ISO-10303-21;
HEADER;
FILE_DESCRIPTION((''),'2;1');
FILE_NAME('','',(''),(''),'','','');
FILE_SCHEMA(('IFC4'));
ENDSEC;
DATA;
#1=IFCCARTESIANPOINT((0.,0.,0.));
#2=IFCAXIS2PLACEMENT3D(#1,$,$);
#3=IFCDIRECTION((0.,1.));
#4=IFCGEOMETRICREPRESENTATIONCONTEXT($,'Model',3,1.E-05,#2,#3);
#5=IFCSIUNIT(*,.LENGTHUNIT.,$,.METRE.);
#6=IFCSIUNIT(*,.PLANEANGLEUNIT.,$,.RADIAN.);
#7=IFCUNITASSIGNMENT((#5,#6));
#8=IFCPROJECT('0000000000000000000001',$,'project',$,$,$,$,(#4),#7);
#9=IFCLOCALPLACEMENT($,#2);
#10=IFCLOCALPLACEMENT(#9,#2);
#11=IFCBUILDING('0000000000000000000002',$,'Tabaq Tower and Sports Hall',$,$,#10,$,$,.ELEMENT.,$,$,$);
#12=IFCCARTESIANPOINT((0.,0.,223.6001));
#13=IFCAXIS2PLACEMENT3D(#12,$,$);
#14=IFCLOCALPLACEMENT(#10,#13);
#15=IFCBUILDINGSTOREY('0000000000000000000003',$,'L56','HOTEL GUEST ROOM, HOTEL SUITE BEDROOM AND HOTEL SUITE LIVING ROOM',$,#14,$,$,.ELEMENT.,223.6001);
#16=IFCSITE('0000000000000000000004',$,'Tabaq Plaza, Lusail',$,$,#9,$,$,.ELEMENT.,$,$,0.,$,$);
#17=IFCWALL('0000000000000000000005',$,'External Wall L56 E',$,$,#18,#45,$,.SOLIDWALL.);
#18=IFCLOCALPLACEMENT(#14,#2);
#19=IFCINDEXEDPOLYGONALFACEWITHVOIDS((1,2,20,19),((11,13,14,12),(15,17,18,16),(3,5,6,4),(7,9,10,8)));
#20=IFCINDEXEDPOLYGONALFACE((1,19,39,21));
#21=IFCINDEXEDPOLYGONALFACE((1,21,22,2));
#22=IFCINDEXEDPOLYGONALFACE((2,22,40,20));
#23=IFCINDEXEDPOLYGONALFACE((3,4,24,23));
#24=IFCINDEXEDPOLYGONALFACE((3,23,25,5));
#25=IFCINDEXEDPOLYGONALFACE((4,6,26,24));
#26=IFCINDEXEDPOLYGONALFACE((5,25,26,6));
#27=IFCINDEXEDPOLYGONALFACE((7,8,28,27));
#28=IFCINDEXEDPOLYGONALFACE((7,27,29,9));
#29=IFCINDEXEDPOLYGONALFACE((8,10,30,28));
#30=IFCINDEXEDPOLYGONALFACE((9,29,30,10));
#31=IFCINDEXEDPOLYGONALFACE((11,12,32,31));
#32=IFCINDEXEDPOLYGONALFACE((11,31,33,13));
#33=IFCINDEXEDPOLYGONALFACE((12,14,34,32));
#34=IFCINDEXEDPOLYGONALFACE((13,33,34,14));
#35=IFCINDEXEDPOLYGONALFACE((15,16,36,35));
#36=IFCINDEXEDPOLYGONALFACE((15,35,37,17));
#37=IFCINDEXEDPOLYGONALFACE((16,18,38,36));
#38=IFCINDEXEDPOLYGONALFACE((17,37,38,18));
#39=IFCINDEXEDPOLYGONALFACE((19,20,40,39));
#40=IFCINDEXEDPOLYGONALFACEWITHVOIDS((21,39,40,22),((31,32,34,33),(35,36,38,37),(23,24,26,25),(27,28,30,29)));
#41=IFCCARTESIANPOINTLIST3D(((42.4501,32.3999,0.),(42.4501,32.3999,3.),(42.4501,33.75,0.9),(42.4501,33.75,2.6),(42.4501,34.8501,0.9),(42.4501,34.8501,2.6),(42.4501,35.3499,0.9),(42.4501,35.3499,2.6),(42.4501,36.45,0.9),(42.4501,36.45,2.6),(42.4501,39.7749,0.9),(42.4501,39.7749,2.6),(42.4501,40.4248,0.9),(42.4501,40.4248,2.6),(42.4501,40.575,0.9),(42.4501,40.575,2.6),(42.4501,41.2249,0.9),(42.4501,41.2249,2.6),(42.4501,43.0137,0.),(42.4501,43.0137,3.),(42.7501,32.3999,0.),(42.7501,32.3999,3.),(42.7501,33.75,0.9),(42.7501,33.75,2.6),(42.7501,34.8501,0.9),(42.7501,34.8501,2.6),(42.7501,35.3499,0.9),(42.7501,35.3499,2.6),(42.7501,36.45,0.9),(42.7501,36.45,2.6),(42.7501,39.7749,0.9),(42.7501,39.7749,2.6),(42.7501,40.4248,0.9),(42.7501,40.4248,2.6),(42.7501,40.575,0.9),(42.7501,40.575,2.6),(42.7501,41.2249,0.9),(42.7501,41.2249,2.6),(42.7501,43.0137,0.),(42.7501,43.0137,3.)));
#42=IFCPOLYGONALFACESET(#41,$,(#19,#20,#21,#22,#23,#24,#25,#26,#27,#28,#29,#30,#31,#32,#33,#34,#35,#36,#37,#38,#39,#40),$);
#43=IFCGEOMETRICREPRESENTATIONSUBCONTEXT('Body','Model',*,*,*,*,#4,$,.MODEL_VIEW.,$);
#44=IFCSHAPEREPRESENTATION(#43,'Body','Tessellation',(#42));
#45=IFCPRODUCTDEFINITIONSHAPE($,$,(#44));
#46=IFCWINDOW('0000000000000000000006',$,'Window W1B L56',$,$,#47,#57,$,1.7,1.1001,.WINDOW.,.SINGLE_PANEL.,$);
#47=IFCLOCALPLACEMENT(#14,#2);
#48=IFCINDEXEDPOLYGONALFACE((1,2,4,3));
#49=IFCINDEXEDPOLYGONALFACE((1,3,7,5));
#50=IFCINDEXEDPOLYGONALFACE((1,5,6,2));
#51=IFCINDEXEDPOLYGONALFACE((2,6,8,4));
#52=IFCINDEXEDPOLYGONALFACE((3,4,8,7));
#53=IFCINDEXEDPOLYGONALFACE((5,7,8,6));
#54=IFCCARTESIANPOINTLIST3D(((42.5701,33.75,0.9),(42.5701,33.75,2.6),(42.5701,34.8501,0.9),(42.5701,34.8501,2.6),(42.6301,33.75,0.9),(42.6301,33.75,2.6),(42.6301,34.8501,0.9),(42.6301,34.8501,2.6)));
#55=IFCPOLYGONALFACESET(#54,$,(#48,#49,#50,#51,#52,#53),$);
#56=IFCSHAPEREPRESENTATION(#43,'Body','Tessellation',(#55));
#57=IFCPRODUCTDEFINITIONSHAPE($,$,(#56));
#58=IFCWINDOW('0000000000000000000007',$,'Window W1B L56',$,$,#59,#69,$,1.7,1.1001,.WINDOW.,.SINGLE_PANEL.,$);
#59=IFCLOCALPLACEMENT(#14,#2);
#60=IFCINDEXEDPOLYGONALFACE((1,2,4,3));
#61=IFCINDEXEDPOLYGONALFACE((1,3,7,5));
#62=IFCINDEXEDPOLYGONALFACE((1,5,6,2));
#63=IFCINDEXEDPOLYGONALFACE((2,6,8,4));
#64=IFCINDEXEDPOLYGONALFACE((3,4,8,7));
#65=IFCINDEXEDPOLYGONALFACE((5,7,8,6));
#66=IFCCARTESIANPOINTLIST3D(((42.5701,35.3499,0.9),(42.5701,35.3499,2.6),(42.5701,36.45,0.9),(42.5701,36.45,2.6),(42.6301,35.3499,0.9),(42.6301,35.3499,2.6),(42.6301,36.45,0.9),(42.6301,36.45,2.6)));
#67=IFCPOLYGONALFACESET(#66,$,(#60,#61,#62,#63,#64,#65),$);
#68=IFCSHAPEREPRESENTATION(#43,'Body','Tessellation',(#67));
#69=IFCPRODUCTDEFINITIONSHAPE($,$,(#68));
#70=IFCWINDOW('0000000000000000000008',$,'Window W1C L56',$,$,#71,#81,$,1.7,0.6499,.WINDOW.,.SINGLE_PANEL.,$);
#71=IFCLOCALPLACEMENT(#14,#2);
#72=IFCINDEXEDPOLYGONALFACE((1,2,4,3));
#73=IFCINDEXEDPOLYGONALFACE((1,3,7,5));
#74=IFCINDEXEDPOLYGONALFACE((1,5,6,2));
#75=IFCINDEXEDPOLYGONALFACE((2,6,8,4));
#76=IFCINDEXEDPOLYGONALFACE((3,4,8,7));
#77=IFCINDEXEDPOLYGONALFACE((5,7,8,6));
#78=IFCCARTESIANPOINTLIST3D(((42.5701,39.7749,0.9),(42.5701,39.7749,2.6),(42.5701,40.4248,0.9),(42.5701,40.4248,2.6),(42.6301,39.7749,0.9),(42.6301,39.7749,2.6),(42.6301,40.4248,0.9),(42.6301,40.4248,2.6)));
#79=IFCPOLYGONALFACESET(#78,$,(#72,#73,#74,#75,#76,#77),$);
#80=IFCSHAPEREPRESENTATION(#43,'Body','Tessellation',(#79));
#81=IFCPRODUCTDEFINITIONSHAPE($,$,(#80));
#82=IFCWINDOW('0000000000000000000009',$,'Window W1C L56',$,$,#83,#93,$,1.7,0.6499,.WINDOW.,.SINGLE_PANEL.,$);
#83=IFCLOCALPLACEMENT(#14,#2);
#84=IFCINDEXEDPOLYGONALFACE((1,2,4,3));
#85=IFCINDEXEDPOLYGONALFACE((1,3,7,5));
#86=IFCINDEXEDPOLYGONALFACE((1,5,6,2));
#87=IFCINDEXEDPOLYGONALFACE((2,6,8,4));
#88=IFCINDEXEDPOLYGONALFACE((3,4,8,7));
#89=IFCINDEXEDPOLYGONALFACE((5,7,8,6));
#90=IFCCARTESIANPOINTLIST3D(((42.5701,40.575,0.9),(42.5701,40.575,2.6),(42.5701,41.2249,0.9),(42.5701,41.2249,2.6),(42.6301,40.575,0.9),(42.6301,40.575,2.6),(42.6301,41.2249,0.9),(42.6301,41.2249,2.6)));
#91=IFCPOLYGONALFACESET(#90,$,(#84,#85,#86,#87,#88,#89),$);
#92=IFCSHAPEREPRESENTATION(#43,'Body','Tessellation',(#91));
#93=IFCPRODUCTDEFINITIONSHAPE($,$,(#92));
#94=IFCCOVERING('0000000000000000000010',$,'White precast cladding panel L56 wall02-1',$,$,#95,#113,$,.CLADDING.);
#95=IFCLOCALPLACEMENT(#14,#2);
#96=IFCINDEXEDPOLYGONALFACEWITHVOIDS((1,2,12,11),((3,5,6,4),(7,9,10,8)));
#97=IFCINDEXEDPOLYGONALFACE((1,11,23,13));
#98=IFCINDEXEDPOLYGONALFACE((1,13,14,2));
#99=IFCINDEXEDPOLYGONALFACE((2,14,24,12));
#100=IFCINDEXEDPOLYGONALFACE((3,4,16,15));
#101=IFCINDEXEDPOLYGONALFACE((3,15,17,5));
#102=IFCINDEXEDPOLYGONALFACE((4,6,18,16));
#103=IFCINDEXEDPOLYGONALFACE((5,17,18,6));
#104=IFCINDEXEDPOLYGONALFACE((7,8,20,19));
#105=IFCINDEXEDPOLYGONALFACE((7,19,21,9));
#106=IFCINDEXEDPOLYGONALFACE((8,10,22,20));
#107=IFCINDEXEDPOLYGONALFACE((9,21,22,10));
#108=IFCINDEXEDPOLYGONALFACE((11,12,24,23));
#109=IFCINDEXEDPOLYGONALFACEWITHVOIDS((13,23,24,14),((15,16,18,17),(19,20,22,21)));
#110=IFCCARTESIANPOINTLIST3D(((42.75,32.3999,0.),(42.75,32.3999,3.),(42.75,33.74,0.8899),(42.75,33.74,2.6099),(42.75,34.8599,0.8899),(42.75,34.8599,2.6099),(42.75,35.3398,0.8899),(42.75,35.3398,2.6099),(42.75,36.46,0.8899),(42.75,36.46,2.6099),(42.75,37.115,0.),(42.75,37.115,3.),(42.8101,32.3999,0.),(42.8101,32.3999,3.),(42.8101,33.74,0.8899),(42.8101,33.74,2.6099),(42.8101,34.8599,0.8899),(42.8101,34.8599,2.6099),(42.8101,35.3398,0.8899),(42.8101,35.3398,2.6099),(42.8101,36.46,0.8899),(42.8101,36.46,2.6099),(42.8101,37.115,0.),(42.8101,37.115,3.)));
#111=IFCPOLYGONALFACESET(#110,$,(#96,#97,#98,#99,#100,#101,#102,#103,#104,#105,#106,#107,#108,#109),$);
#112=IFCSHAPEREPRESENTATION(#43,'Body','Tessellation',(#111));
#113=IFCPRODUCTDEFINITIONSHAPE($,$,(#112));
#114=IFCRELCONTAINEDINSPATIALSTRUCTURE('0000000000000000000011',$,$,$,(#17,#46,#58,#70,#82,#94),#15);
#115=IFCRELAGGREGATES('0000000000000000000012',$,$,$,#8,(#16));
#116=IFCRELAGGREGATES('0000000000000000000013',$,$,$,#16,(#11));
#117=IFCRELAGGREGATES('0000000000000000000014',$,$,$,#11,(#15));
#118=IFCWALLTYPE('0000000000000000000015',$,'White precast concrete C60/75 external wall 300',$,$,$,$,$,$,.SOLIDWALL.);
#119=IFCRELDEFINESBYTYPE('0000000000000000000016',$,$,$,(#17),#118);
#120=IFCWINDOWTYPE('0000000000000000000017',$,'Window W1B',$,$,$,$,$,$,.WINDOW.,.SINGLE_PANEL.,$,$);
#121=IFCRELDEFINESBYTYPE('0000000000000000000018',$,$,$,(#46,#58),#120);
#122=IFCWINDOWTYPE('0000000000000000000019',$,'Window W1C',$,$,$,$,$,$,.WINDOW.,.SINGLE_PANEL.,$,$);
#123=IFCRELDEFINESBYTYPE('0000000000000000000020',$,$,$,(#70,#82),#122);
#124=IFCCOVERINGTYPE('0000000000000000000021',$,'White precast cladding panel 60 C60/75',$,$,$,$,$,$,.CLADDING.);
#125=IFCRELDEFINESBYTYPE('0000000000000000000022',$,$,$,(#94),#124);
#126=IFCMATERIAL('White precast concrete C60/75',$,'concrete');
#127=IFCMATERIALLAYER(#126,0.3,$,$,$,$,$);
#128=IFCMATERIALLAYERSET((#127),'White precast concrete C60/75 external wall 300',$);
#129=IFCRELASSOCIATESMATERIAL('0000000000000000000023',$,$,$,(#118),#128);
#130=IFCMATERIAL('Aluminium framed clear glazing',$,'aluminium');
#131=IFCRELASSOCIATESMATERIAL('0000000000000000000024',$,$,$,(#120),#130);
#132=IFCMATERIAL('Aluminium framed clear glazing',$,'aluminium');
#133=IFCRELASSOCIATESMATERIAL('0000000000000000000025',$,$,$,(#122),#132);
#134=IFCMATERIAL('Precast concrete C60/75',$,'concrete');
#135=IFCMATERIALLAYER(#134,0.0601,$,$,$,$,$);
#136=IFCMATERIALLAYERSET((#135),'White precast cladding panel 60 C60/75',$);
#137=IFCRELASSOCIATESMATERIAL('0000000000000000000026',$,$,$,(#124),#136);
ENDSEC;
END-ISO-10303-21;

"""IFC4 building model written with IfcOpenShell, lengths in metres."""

from ifc_helpers import new_model, si_unit, direction, frame, frame_2d, origin, place, context, subcontext, project, spatial, polyline, rectangle, outline, extrude, material, layer, layer_set, type_object, element, fill, save


model = new_model("IFC4")

# Units and contexts
model_context = context("Model", 3, precision=1e-05, world=origin(), true_north=direction((0.0, 1.0)))
body_context = subcontext(model_context, "Body", "Model", "MODEL_VIEW")
ifc_project = project(units=[si_unit("LENGTHUNIT", "METRE"), si_unit("PLANEANGLEUNIT", "RADIAN")], contexts=[model_context])

# Site, building, storey
site_placement = place(None, origin())
site = spatial("IfcSite", under=ifc_project, at=site_placement, Name="Tabaq Plaza, Lusail", CompositionType="ELEMENT", RefElevation=0.0)
building_placement = place(site_placement, origin())
building = spatial("IfcBuilding", under=site, at=building_placement, Name="Tabaq Tower and Sports Hall", CompositionType="ELEMENT")
storey_placement = place(building_placement, frame((0.0, 0.0, 223.6001)))
storey = spatial("IfcBuildingStorey", under=building, at=storey_placement, Name="L56", Description="HOTEL GUEST ROOM, HOTEL SUITE BEDROOM AND HOTEL SUITE LIVING ROOM", CompositionType="ELEMENT", Elevation=223.6001)

# Wall, openings, windows
ifc_material_1 = material(Name="White precast concrete C60/75", Category="concrete")
ifc_layer_1 = layer(ifc_material_1, 0.3)
ifc_layer_set_1 = layer_set([ifc_layer_1], Name="White precast concrete C60/75 external wall 300")
wall_type_1 = type_object("IfcWallType", Name="White precast concrete C60/75 external wall 300", PredefinedType="SOLIDWALL", material=ifc_layer_set_1)
wall_1_placement = place(storey_placement, frame((42.6001, 32.3999, 0.0), z_axis=(0.0, 0.0, 1.0), x_axis=(0.0, 1.0, 0.0)))
wall_1 = element("IfcWall", 1, at=wall_1_placement, inside=storey, type_object=wall_type_1, Name="External Wall L56 E", PredefinedType="SOLIDWALL", context=body_context, shape_type="SweptSolid", body=[
    extrude(rectangle(XDim=10.6138, YDim=0.3, at=frame_2d((5.3069, 0.0))), origin(), (0.0, 0.0, 1.0), 3.0),
])
opening_1_placement = place(wall_1_placement, frame((1.3501, 0.0, 0.8999)))
opening_1 = element("IfcOpeningElement", 2, at=opening_1_placement, cuts=wall_1, PredefinedType="OPENING", context=body_context, shape_type="SweptSolid", body=[
    extrude(rectangle(XDim=1.1001, YDim=1.7, at=frame_2d((0.55, 0.8501))), frame((0.0, 0.1602, 0.0), z_axis=(0.0, -1.0, 0.0), x_axis=(1.0, 0.0, 0.0)), (0.0, 0.0, 1.0), 0.3201),
])
opening_2_placement = place(wall_1_placement, frame((2.95, 0.0, 0.8999)))
opening_2 = element("IfcOpeningElement", 3, at=opening_2_placement, cuts=wall_1, PredefinedType="OPENING", context=body_context, shape_type="SweptSolid", body=[
    extrude(rectangle(XDim=1.1001, YDim=1.7, at=frame_2d((0.55, 0.8501))), frame((0.0, 0.1602, 0.0), z_axis=(0.0, -1.0, 0.0), x_axis=(1.0, 0.0, 0.0)), (0.0, 0.0, 1.0), 0.3201),
])
opening_3_placement = place(wall_1_placement, frame((7.375, 0.0, 0.8999)))
opening_3 = element("IfcOpeningElement", 4, at=opening_3_placement, cuts=wall_1, PredefinedType="OPENING", context=body_context, shape_type="SweptSolid", body=[
    extrude(rectangle(XDim=0.6499, YDim=1.7, at=frame_2d((0.325, 0.8501))), frame((0.0, 0.1602, 0.0), z_axis=(0.0, -1.0, 0.0), x_axis=(1.0, 0.0, 0.0)), (0.0, 0.0, 1.0), 0.3201),
])
opening_4_placement = place(wall_1_placement, frame((8.175, 0.0, 0.8999)))
opening_4 = element("IfcOpeningElement", 5, at=opening_4_placement, cuts=wall_1, PredefinedType="OPENING", context=body_context, shape_type="SweptSolid", body=[
    extrude(rectangle(XDim=0.6499, YDim=1.7, at=frame_2d((0.325, 0.8501))), frame((0.0, 0.1602, 0.0), z_axis=(0.0, -1.0, 0.0), x_axis=(1.0, 0.0, 0.0)), (0.0, 0.0, 1.0), 0.3201),
])
ifc_material_2 = material(Name="Aluminium framed clear glazing", Category="aluminium")
window_type_1 = type_object("IfcWindowType", Name="Window W1B", PartitioningType="SINGLE_PANEL", PredefinedType="WINDOW", material=ifc_material_2)
window_1_placement = place(opening_1_placement, origin())
window_1 = element("IfcWindow", 6, at=window_1_placement, inside=storey, type_object=window_type_1, Name="Window W1B L56", OverallHeight=1.7, OverallWidth=1.1001, PartitioningType="SINGLE_PANEL", PredefinedType="WINDOW", context=body_context, shape_type="SweptSolid", body=[
    extrude(rectangle(XDim=1.1001, YDim=1.7, at=frame_2d((0.55, 0.8501))), frame((0.0, 0.03, 0.0), z_axis=(0.0, -1.0, 0.0), x_axis=(1.0, 0.0, 0.0)), (0.0, 0.0, 1.0), 0.0601),
])
fill(opening_1, window_1)
window_2_placement = place(opening_2_placement, origin())
window_2 = element("IfcWindow", 7, at=window_2_placement, inside=storey, type_object=window_type_1, Name="Window W1B L56", OverallHeight=1.7, OverallWidth=1.1001, PartitioningType="SINGLE_PANEL", PredefinedType="WINDOW", context=body_context, shape_type="SweptSolid", body=[
    extrude(rectangle(XDim=1.1001, YDim=1.7, at=frame_2d((0.55, 0.8501))), frame((0.0, 0.03, 0.0), z_axis=(0.0, -1.0, 0.0), x_axis=(1.0, 0.0, 0.0)), (0.0, 0.0, 1.0), 0.0601),
])
fill(opening_2, window_2)
ifc_material_3 = material(Name="Aluminium framed clear glazing", Category="aluminium")
window_type_2 = type_object("IfcWindowType", Name="Window W1C", PartitioningType="SINGLE_PANEL", PredefinedType="WINDOW", material=ifc_material_3)
window_3_placement = place(opening_3_placement, origin())
window_3 = element("IfcWindow", 8, at=window_3_placement, inside=storey, type_object=window_type_2, Name="Window W1C L56", OverallHeight=1.7, OverallWidth=0.6499, PartitioningType="SINGLE_PANEL", PredefinedType="WINDOW", context=body_context, shape_type="SweptSolid", body=[
    extrude(rectangle(XDim=0.6499, YDim=1.7, at=frame_2d((0.325, 0.8501))), frame((0.0, 0.03, 0.0), z_axis=(0.0, -1.0, 0.0), x_axis=(1.0, 0.0, 0.0)), (0.0, 0.0, 1.0), 0.0601),
])
fill(opening_3, window_3)
window_4_placement = place(opening_4_placement, origin())
window_4 = element("IfcWindow", 9, at=window_4_placement, inside=storey, type_object=window_type_2, Name="Window W1C L56", OverallHeight=1.7, OverallWidth=0.6499, PartitioningType="SINGLE_PANEL", PredefinedType="WINDOW", context=body_context, shape_type="SweptSolid", body=[
    extrude(rectangle(XDim=0.6499, YDim=1.7, at=frame_2d((0.325, 0.8501))), frame((0.0, 0.03, 0.0), z_axis=(0.0, -1.0, 0.0), x_axis=(1.0, 0.0, 0.0)), (0.0, 0.0, 1.0), 0.0601),
])
fill(opening_4, window_4)

# Covering
ifc_material_4 = material(Name="Precast concrete C60/75", Category="concrete")
ifc_layer_2 = layer(ifc_material_4, 0.0601)
ifc_layer_set_2 = layer_set([ifc_layer_2], Name="White precast cladding panel 60 C60/75")
covering_type = type_object("IfcCoveringType", Name="White precast cladding panel 60 C60/75", PredefinedType="CLADDING", material=ifc_layer_set_2)
covering_placement = place(storey_placement, frame((42.78, 32.3999, 0.0), z_axis=(0.0, 0.0, 1.0), x_axis=(0.0, 1.0, 0.0)))
element("IfcCovering", 10, at=covering_placement, inside=storey, type_object=covering_type, Name="White precast cladding panel L56 wall02-1", PredefinedType="CLADDING", context=body_context, shape_type="SweptSolid", body=[
    extrude(outline(polyline([(0.0, 0.0), (4.7151, 0.0), (4.7151, 3.0), (0.0, 3.0), (0.0, 0.0)]), holes=[polyline([(1.3401, 2.6099), (2.46, 2.6099), (2.46, 0.8899), (1.3401, 0.8899), (1.3401, 2.6099)]), polyline([(2.9399, 2.6099), (4.0601, 2.6099), (4.0601, 0.8899), (2.9399, 0.8899), (2.9399, 2.6099)])]), frame((0.0, 0.03, 0.0), z_axis=(0.0, -1.0, 0.0), x_axis=(1.0, 0.0, 0.0)), (0.0, 0.0, 1.0), 0.0601),
])

save(model, "model.ifc")
